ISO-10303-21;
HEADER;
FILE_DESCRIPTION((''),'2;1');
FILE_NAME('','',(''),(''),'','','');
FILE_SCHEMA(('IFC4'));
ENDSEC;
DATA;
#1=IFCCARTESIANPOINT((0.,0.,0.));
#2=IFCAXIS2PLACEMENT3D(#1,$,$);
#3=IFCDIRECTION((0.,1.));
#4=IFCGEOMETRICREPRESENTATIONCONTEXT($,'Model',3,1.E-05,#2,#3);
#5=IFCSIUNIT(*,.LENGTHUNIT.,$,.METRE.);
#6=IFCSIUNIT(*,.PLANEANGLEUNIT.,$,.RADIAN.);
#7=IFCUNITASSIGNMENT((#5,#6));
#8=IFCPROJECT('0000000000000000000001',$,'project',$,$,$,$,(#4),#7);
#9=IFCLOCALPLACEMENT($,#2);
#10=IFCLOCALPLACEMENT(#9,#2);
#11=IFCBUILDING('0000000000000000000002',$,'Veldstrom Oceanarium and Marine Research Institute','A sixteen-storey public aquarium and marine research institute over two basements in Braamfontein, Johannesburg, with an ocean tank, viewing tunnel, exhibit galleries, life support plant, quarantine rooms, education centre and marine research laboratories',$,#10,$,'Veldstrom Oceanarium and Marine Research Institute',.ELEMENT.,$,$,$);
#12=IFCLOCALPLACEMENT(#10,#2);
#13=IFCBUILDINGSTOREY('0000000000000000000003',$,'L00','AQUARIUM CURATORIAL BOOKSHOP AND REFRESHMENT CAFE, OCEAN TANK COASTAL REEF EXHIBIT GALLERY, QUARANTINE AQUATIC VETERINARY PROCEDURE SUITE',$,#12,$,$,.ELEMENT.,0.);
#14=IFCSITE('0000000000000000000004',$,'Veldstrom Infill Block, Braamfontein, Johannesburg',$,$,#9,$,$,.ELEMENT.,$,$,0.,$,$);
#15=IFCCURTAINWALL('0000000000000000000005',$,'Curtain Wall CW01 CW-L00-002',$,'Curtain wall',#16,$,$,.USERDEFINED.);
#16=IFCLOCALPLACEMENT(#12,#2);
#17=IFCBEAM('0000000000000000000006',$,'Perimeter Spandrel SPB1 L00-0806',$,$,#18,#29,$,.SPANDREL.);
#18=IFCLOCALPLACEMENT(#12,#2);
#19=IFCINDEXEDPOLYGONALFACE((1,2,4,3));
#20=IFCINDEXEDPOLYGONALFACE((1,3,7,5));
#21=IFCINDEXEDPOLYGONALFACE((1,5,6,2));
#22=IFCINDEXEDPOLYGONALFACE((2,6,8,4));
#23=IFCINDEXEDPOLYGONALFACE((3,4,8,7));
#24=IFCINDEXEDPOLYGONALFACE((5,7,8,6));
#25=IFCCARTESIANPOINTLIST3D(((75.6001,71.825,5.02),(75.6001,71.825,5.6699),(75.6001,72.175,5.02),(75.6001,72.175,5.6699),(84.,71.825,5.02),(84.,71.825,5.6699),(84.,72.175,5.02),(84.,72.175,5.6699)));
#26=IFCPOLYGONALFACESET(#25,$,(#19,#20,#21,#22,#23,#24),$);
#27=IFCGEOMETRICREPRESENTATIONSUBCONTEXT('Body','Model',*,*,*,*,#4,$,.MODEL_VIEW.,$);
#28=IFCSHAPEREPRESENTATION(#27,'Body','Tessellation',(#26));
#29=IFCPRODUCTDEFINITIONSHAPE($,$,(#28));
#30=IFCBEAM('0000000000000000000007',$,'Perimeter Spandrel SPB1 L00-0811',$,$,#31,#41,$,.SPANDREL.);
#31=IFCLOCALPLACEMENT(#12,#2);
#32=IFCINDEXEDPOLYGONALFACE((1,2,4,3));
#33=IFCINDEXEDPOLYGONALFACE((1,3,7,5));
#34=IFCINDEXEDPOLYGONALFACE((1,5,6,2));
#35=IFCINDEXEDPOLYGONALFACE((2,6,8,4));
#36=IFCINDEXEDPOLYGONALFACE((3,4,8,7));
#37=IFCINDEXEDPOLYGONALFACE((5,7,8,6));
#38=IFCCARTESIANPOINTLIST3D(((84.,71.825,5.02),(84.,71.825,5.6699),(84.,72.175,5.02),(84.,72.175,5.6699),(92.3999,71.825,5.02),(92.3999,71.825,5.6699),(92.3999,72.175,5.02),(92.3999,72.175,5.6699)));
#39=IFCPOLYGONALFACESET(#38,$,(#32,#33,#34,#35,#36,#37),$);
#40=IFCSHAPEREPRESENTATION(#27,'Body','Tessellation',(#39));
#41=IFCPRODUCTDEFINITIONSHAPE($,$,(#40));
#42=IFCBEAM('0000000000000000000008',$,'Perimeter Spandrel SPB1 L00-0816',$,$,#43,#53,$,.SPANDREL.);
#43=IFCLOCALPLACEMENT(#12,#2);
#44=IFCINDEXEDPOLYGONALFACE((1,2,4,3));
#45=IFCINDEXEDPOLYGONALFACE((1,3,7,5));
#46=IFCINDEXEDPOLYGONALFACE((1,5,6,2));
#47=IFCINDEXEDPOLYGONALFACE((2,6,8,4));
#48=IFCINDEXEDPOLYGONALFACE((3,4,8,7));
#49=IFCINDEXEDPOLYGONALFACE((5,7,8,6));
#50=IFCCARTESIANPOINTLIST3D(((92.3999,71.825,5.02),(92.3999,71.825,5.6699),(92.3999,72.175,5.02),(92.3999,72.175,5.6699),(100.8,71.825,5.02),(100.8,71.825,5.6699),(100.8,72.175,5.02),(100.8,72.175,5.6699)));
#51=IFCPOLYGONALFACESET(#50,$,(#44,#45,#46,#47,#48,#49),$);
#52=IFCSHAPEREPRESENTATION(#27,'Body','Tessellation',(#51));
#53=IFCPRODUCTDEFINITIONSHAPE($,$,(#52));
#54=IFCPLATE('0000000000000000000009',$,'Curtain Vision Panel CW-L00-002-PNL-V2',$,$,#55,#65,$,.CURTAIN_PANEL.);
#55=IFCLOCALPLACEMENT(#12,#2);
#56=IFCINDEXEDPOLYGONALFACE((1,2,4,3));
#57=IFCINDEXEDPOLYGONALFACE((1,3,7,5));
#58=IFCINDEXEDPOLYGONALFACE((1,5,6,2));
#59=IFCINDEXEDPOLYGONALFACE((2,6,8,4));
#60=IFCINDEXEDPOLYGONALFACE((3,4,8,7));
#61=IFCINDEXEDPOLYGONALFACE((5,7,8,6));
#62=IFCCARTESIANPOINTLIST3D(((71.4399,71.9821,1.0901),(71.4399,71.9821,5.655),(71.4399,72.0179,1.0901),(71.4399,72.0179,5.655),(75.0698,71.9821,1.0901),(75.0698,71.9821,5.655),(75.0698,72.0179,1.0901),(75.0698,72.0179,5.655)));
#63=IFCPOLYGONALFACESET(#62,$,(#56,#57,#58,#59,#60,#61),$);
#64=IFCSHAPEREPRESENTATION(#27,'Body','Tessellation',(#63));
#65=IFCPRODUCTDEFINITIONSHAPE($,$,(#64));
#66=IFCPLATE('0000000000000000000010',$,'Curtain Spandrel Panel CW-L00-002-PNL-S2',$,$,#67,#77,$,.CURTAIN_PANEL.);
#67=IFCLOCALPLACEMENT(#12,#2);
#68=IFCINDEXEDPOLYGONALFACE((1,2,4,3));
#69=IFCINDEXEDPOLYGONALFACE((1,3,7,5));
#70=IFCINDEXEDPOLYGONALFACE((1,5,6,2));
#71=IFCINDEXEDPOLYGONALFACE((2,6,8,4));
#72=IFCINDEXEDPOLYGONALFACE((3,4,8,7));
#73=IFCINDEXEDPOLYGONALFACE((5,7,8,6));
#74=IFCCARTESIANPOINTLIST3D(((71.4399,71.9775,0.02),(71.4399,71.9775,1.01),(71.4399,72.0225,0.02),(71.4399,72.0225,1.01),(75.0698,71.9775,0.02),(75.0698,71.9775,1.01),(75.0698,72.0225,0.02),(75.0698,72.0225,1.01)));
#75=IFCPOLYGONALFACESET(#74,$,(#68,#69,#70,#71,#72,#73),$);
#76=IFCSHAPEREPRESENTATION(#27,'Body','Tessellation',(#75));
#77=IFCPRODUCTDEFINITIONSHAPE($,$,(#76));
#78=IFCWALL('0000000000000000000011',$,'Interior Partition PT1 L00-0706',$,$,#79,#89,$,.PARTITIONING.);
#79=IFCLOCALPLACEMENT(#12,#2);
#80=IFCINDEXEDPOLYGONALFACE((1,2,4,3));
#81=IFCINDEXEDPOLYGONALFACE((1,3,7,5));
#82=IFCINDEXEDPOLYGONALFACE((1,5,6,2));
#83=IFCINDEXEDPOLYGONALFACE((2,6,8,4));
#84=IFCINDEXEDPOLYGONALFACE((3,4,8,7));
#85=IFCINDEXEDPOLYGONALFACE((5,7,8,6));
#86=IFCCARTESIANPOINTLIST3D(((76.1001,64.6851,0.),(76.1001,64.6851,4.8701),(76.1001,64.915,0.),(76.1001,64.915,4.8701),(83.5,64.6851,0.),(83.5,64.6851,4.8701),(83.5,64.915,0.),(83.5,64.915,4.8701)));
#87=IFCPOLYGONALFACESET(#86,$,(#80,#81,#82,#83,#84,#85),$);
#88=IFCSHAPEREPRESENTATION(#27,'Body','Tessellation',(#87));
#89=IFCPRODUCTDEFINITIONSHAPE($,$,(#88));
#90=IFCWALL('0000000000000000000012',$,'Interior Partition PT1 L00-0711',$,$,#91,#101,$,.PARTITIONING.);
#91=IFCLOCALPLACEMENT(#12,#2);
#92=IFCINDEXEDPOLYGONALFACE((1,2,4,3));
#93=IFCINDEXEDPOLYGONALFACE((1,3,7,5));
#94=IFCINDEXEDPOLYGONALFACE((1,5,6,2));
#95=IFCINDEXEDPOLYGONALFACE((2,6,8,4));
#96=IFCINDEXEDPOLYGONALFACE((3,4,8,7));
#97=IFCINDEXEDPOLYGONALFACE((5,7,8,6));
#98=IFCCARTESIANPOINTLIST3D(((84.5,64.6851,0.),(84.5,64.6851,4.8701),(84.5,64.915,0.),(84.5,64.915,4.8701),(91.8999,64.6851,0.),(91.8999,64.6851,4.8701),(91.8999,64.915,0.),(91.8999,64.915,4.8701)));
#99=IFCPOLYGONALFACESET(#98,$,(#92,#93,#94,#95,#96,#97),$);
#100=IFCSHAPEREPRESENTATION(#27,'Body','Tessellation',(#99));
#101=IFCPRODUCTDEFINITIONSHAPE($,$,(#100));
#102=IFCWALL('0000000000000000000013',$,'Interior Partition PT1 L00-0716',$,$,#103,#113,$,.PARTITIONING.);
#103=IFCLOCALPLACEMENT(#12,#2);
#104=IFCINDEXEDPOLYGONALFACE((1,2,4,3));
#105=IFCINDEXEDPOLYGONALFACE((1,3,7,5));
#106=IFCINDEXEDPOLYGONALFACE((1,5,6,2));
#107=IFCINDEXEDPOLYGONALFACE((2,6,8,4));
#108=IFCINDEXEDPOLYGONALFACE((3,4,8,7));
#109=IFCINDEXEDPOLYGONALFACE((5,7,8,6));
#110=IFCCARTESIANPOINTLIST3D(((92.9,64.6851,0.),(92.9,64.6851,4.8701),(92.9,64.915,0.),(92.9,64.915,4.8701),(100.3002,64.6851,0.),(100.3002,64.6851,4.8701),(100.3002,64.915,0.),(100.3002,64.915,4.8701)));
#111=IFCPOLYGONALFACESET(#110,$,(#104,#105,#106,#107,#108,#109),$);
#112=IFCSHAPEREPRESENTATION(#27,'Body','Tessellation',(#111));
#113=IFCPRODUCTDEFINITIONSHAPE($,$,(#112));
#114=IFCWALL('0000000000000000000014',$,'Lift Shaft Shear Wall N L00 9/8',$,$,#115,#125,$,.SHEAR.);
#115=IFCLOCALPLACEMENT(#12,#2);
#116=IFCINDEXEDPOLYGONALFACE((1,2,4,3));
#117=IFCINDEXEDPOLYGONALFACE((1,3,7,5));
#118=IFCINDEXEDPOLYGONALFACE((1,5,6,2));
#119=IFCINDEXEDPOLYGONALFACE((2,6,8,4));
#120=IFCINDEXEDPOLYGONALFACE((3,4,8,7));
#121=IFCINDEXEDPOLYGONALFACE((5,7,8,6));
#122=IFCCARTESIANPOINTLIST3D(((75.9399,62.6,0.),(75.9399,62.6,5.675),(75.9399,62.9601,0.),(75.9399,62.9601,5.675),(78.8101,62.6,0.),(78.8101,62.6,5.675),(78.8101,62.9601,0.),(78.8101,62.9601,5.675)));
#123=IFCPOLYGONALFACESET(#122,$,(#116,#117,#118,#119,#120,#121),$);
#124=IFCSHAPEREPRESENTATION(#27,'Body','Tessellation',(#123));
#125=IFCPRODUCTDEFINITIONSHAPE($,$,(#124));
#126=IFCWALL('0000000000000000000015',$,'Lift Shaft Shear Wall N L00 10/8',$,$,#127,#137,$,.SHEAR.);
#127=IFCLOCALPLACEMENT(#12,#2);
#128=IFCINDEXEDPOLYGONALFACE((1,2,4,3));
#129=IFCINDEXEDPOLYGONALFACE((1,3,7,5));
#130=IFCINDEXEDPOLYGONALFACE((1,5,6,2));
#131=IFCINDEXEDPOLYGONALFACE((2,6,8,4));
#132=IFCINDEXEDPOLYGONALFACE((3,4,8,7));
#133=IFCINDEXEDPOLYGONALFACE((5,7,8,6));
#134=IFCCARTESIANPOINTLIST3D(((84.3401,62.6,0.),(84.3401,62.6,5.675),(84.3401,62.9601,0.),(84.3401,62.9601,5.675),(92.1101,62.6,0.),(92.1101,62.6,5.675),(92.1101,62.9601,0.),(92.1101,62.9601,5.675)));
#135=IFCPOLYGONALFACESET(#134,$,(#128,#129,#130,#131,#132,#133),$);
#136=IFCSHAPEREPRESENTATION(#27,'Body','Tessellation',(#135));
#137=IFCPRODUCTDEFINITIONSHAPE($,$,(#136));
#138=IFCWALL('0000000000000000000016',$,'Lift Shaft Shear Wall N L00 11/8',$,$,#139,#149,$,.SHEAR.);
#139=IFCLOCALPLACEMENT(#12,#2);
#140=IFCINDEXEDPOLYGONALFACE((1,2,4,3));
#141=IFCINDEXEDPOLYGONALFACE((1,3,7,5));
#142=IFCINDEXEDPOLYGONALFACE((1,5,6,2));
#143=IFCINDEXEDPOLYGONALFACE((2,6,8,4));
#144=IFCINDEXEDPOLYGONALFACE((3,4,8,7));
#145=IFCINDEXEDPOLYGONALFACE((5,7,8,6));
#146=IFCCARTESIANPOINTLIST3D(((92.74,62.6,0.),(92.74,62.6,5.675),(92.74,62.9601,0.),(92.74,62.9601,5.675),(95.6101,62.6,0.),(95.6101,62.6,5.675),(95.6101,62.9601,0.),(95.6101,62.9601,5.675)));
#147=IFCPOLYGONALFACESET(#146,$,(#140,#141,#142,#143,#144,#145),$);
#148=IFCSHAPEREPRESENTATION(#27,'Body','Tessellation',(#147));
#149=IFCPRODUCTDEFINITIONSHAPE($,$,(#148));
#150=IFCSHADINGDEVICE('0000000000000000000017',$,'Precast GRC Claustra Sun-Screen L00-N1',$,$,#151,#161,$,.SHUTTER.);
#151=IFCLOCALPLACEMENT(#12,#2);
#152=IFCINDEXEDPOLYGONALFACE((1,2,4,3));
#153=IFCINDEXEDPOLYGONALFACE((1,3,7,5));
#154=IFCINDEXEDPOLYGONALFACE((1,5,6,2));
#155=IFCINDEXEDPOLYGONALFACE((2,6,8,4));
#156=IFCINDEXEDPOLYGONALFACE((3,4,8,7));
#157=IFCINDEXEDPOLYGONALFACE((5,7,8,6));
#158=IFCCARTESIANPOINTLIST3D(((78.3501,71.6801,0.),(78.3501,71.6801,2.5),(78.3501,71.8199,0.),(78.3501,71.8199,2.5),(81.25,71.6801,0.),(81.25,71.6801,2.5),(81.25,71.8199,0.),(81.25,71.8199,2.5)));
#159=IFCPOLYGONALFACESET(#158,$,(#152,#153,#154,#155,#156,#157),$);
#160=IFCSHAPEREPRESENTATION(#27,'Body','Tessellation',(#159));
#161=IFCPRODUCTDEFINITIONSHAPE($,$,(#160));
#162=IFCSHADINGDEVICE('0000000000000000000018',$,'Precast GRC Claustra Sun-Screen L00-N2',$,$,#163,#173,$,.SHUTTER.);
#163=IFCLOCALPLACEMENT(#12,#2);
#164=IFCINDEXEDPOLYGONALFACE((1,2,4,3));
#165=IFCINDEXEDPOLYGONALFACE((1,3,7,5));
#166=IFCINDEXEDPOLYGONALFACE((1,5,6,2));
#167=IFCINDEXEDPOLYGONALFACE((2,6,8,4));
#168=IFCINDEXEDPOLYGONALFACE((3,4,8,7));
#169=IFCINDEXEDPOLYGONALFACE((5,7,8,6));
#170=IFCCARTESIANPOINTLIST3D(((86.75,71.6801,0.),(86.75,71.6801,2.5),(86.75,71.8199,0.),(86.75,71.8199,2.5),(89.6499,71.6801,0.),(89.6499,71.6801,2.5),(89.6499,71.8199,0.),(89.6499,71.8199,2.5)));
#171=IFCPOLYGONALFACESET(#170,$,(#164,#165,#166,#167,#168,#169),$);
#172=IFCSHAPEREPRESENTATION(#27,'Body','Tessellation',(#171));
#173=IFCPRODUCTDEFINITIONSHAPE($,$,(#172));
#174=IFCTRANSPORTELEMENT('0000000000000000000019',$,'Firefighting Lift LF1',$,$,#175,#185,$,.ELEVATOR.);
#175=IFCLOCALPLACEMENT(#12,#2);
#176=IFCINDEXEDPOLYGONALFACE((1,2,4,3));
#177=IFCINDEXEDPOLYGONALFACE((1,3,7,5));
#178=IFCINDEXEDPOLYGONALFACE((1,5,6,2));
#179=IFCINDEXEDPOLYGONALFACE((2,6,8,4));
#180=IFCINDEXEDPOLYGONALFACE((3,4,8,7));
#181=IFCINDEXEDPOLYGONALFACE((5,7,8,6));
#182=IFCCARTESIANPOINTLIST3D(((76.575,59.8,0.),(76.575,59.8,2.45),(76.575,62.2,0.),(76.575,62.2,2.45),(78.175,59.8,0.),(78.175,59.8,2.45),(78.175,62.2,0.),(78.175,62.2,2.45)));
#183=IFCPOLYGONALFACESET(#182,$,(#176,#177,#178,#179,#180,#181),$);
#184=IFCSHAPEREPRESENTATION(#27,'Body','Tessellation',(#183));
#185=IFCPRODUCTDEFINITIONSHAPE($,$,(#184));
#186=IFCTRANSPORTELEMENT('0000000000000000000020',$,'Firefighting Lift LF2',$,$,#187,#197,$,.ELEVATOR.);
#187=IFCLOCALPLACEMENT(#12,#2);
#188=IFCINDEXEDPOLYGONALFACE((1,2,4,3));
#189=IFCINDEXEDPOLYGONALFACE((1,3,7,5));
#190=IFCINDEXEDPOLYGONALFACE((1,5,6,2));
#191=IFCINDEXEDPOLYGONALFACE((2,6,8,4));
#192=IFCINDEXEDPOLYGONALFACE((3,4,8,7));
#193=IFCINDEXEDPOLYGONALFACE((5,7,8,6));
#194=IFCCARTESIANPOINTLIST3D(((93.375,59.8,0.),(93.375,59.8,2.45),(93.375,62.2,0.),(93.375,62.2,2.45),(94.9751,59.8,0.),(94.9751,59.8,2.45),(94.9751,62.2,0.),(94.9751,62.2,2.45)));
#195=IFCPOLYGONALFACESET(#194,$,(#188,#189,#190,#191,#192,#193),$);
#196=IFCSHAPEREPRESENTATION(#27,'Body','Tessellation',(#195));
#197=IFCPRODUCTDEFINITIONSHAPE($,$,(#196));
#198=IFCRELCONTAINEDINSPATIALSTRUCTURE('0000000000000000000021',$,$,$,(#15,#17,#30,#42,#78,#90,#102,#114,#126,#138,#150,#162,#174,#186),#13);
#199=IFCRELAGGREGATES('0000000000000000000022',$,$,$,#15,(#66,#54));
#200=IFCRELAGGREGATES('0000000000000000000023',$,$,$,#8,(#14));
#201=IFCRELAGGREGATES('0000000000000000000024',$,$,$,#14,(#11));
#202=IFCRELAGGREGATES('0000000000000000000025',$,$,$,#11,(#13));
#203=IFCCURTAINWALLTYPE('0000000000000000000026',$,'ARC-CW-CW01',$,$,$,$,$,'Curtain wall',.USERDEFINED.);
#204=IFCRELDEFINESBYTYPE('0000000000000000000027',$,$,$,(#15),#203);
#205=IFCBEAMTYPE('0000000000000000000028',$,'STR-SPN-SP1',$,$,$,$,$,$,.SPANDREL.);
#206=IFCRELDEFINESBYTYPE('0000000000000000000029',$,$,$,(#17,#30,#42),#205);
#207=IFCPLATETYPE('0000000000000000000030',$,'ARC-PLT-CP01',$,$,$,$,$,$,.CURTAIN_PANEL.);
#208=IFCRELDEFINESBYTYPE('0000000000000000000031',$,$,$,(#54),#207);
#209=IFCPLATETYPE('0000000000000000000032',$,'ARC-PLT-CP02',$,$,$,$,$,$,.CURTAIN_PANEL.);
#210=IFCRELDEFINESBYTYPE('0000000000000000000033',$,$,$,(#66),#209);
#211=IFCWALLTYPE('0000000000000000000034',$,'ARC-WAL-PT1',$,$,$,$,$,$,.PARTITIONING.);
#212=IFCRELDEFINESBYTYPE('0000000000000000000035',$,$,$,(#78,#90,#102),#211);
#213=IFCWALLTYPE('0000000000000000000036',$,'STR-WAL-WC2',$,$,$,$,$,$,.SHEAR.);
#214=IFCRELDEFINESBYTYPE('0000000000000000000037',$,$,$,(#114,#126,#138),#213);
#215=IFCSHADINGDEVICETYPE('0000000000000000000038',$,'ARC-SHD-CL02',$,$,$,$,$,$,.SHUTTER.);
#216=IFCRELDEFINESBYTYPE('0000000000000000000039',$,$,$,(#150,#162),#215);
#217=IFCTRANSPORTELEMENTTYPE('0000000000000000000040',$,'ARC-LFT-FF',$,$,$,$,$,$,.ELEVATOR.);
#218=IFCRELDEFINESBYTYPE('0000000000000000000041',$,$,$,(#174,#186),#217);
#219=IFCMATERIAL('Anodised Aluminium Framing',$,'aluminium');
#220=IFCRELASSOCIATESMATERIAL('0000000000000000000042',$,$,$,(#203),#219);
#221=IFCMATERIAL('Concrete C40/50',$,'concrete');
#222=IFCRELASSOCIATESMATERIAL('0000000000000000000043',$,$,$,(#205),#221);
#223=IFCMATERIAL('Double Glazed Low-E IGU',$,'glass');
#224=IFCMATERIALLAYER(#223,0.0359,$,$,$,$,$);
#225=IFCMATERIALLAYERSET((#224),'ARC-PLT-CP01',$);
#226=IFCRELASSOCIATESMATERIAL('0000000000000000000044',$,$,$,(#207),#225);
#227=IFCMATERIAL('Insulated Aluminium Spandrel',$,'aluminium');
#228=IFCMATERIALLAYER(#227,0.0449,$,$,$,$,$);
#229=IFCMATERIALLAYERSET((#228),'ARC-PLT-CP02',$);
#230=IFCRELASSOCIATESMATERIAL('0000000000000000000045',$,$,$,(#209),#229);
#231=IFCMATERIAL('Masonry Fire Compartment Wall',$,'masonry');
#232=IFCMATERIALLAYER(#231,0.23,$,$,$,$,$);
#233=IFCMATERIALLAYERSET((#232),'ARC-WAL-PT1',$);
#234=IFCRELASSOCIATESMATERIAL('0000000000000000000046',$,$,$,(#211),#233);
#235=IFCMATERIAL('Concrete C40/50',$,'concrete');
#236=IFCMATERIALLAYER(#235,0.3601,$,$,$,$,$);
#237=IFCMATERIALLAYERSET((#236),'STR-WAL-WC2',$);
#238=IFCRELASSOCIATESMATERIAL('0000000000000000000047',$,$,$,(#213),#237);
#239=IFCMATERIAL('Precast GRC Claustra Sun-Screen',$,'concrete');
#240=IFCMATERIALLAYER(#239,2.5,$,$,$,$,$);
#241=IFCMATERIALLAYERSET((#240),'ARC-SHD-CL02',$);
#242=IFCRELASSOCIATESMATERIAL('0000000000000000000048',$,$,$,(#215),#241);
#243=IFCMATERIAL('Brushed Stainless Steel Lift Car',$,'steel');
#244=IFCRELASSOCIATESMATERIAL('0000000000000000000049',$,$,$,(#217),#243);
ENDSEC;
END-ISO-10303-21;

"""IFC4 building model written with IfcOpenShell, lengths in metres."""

from ifc_helpers import new_model, si_unit, direction, frame, frame_2d, origin, origin_2d, place, context, subcontext, project, spatial, rectangle, extrude, material, layer, layer_set, material_profile, profile_set, type_object, element, aggregate, save


model = new_model("IFC4")

# Units and contexts
model_context = context("Model", 3, precision=1e-05, world=origin(), true_north=direction((0.0, 1.0)))
body_context = subcontext(model_context, "Body", "Model", "MODEL_VIEW")
ifc_project = project(units=[si_unit("LENGTHUNIT", "METRE"), si_unit("PLANEANGLEUNIT", "RADIAN")], contexts=[model_context])

# Site, building, storey
site_placement = place(None, origin())
site = spatial("IfcSite", under=ifc_project, at=site_placement, Name="Veldstrom Infill Block, Braamfontein, Johannesburg", CompositionType="ELEMENT", RefElevation=0.0)
building_placement = place(site_placement, origin())
building = spatial("IfcBuilding", under=site, at=building_placement, Name="Veldstrom Oceanarium and Marine Research Institute", Description="A sixteen-storey public aquarium and marine research institute over two basements in Braamfontein, Johannesburg, with an ocean tank, viewing tunnel, exhibit galleries, life support plant, quarantine rooms, education centre and marine research laboratories", LongName="Veldstrom Oceanarium and Marine Research Institute", CompositionType="ELEMENT")
storey_placement = place(building_placement, origin())
storey = spatial("IfcBuildingStorey", under=building, at=storey_placement, Name="L00", Description="AQUARIUM CURATORIAL BOOKSHOP AND REFRESHMENT CAFE, OCEAN TANK COASTAL REEF EXHIBIT GALLERY, QUARANTINE AQUATIC VETERINARY PROCEDURE SUITE", CompositionType="ELEMENT", Elevation=0.0)

# Curtain wall
ifc_material_1 = material(Name="Anodised Aluminium Framing", Category="aluminium")
curtain_wall_type = type_object("IfcCurtainWallType", Name="ARC-CW-CW01", ElementType="Curtain wall", PredefinedType="USERDEFINED", material=ifc_material_1)
curtain_wall_placement = place(storey_placement, origin())
curtain_wall = element("IfcCurtainWall", 1, at=curtain_wall_placement, inside=storey, type_object=curtain_wall_type, Name="Curtain Wall CW01 CW-L00-002", ObjectType="Curtain wall", PredefinedType="USERDEFINED")

# Beams
ifc_material_2 = material(Name="Concrete C40/50", Category="concrete")
ifc_material_profile_1 = material_profile(ifc_material_2, rectangle(XDim=0.3501, YDim=0.6499, at=origin_2d()), Name="RC-SPN-350x650")
ifc_profile_set_1 = profile_set([ifc_material_profile_1], Name="Concrete C40/50")
beam_type_1 = type_object("IfcBeamType", Name="STR-SPN-SP1", PredefinedType="SPANDREL", material=ifc_profile_set_1)
for number, where, z_axis, x_axis, name in (
    (2, (75.6001, 72.0, 5.345), (1.0, 0.0, 0.0), (0.0, 1.0, 0.0), "Perimeter Spandrel SPB1 L00-0806"),
    (3, (84.0, 72.0, 5.345), (1.0, 0.0, 0.0), (0.0, 1.0, 0.0), "Perimeter Spandrel SPB1 L00-0811"),
):
    element("IfcBeam", number, at=place(storey_placement, frame(where, z_axis=z_axis, x_axis=x_axis)), inside=storey, type_object=beam_type_1, Name=name, PredefinedType="SPANDREL", context=body_context, shape_type="SweptSolid", body=[
        extrude(rectangle(XDim=0.3501, YDim=0.6499, at=origin_2d()), origin(), (0.0, 0.0, 1.0), 8.3999),
    ])
beam_1_placement = place(storey_placement, frame((92.3999, 72.0, 5.345), z_axis=(1.0, 0.0, 0.0), x_axis=(0.0, 1.0, 0.0)))
element("IfcBeam", 4, at=beam_1_placement, inside=storey, type_object=beam_type_1, Name="Perimeter Spandrel SPB1 L00-0816", PredefinedType="SPANDREL", context=body_context, shape_type="SweptSolid", body=[
    extrude(rectangle(XDim=0.3501, YDim=0.6499, at=origin_2d()), origin(), (0.0, 0.0, 1.0), 8.4001),
])

# Plates
ifc_material_3 = material(Name="Double Glazed Low-E IGU", Category="glass")
ifc_layer_1 = layer(ifc_material_3, 0.0359)
ifc_layer_set_1 = layer_set([ifc_layer_1], Name="ARC-PLT-CP01")
plate_type_1 = type_object("IfcPlateType", Name="ARC-PLT-CP01", PredefinedType="CURTAIN_PANEL", material=ifc_layer_set_1)
plate_1_placement = place(storey_placement, frame((73.2549, 72.0, 1.0901), z_axis=(0.0, 0.0, 1.0), x_axis=(1.0, 0.0, 0.0)))
plate_1 = element("IfcPlate", 5, at=plate_1_placement, type_object=plate_type_1, Name="Curtain Vision Panel CW-L00-002-PNL-V2", PredefinedType="CURTAIN_PANEL", context=body_context, shape_type="SweptSolid", body=[
    extrude(rectangle(XDim=3.6299, YDim=0.0359, at=origin_2d()), origin(), (0.0, 0.0, 1.0), 4.5649),
])
ifc_material_4 = material(Name="Insulated Aluminium Spandrel", Category="aluminium")
ifc_layer_2 = layer(ifc_material_4, 0.0449)
ifc_layer_set_2 = layer_set([ifc_layer_2], Name="ARC-PLT-CP02")
plate_type_2 = type_object("IfcPlateType", Name="ARC-PLT-CP02", PredefinedType="CURTAIN_PANEL", material=ifc_layer_set_2)
plate_2_placement = place(storey_placement, frame((73.2549, 72.0, 0.02), z_axis=(0.0, 0.0, 1.0), x_axis=(1.0, 0.0, 0.0)))
plate_2 = element("IfcPlate", 6, at=plate_2_placement, type_object=plate_type_2, Name="Curtain Spandrel Panel CW-L00-002-PNL-S2", PredefinedType="CURTAIN_PANEL", context=body_context, shape_type="SweptSolid", body=[
    extrude(rectangle(XDim=3.6299, YDim=0.0449, at=origin_2d()), origin(), (0.0, 0.0, 1.0), 0.99),
])
aggregate(curtain_wall, [plate_2, plate_1])

# Walls
ifc_material_5 = material(Name="Masonry Fire Compartment Wall", Category="masonry")
ifc_layer_3 = layer(ifc_material_5, 0.23)
ifc_layer_set_3 = layer_set([ifc_layer_3], Name="ARC-WAL-PT1")
wall_type_1 = type_object("IfcWallType", Name="ARC-WAL-PT1", PredefinedType="PARTITIONING", material=ifc_layer_set_3)
for number, where, z_axis, x_axis, name in (
    (7, (76.1001, 64.8, 0.0), (0.0, 0.0, 1.0), (1.0, 0.0, 0.0), "Interior Partition PT1 L00-0706"),
    (8, (84.5, 64.8, 0.0), (0.0, 0.0, 1.0), (1.0, 0.0, 0.0), "Interior Partition PT1 L00-0711"),
):
    element("IfcWall", number, at=place(storey_placement, frame(where, z_axis=z_axis, x_axis=x_axis)), inside=storey, type_object=wall_type_1, Name=name, PredefinedType="PARTITIONING", context=body_context, shape_type="SweptSolid", body=[
        extrude(rectangle(XDim=7.3999, YDim=0.23, at=frame_2d((3.7, 0.0))), origin(), (0.0, 0.0, 1.0), 4.8701),
    ])
wall_1_placement = place(storey_placement, frame((92.8999, 64.8, 0.0), z_axis=(0.0, 0.0, 1.0), x_axis=(1.0, 0.0, 0.0)))
element("IfcWall", 9, at=wall_1_placement, inside=storey, type_object=wall_type_1, Name="Interior Partition PT1 L00-0716", PredefinedType="PARTITIONING", context=body_context, shape_type="SweptSolid", body=[
    extrude(rectangle(XDim=7.4001, YDim=0.23, at=frame_2d((3.7002, 0.0))), origin(), (0.0, 0.0, 1.0), 4.8701),
])
ifc_material_6 = material(Name="Concrete C40/50", Category="concrete")
ifc_layer_4 = layer(ifc_material_6, 0.3601)
ifc_layer_set_4 = layer_set([ifc_layer_4], Name="STR-WAL-WC2")
wall_type_2 = type_object("IfcWallType", Name="STR-WAL-WC2", PredefinedType="SHEAR", material=ifc_layer_set_4)
wall_2_placement = place(storey_placement, frame((75.9399, 62.78, 0.0), z_axis=(0.0, 0.0, 1.0), x_axis=(1.0, 0.0, 0.0)))
element("IfcWall", 10, at=wall_2_placement, inside=storey, type_object=wall_type_2, Name="Lift Shaft Shear Wall N L00 9/8", PredefinedType="SHEAR", context=body_context, shape_type="SweptSolid", body=[
    extrude(rectangle(XDim=2.8701, YDim=0.3601, at=frame_2d((1.4351, 0.0))), origin(), (0.0, 0.0, 1.0), 5.675),
])
wall_3_placement = place(storey_placement, frame((84.3401, 62.78, 0.0), z_axis=(0.0, 0.0, 1.0), x_axis=(1.0, 0.0, 0.0)))
element("IfcWall", 11, at=wall_3_placement, inside=storey, type_object=wall_type_2, Name="Lift Shaft Shear Wall N L00 10/8", PredefinedType="SHEAR", context=body_context, shape_type="SweptSolid", body=[
    extrude(rectangle(XDim=7.77, YDim=0.3601, at=frame_2d((3.885, 0.0))), origin(), (0.0, 0.0, 1.0), 5.675),
])
wall_4_placement = place(storey_placement, frame((92.74, 62.78, 0.0), z_axis=(0.0, 0.0, 1.0), x_axis=(1.0, 0.0, 0.0)))
element("IfcWall", 12, at=wall_4_placement, inside=storey, type_object=wall_type_2, Name="Lift Shaft Shear Wall N L00 11/8", PredefinedType="SHEAR", context=body_context, shape_type="SweptSolid", body=[
    extrude(rectangle(XDim=2.8701, YDim=0.3601, at=frame_2d((1.4351, 0.0))), origin(), (0.0, 0.0, 1.0), 5.675),
])

# Shading devices
ifc_material_7 = material(Name="Precast GRC Claustra Sun-Screen", Category="concrete")
ifc_layer_5 = layer(ifc_material_7, 2.5)
ifc_layer_set_5 = layer_set([ifc_layer_5], Name="ARC-SHD-CL02")
shading_device_type = type_object("IfcShadingDeviceType", Name="ARC-SHD-CL02", PredefinedType="SHUTTER", material=ifc_layer_set_5)
for number, where, z_axis, x_axis, name in (
    (13, (79.8, 71.75, 0.0), (0.0, 0.0, 1.0), (1.0, 0.0, 0.0), "Precast GRC Claustra Sun-Screen L00-N1"),
    (14, (88.2, 71.75, 0.0), (0.0, 0.0, 1.0), (1.0, 0.0, 0.0), "Precast GRC Claustra Sun-Screen L00-N2"),
):
    element("IfcShadingDevice", number, at=place(storey_placement, frame(where, z_axis=z_axis, x_axis=x_axis)), inside=storey, type_object=shading_device_type, Name=name, PredefinedType="SHUTTER", context=body_context, shape_type="SweptSolid", body=[
        extrude(rectangle(XDim=2.8999, YDim=0.1399, at=origin_2d()), origin(), (0.0, 0.0, 1.0), 2.5),
    ])

# Transport elements
ifc_material_8 = material(Name="Brushed Stainless Steel Lift Car", Category="steel")
transport_element_type_1 = type_object("IfcTransportElementType", Name="ARC-LFT-FF", PredefinedType="ELEVATOR", material=ifc_material_8)
for number, where, z_axis, x_axis, name in (
    (15, (77.375, 61.0, 0.0), (0.0, 0.0, 1.0), (1.0, 0.0, 0.0), "Firefighting Lift LF1"),
    (16, (94.175, 61.0, 0.0), (0.0, 0.0, 1.0), (1.0, 0.0, 0.0), "Firefighting Lift LF2"),
):
    element("IfcTransportElement", number, at=place(storey_placement, frame(where, z_axis=z_axis, x_axis=x_axis)), inside=storey, type_object=transport_element_type_1, Name=name, PredefinedType="ELEVATOR", context=body_context, shape_type="SweptSolid", body=[
        extrude(rectangle(XDim=1.6001, YDim=2.3999, at=origin_2d()), origin(), (0.0, 0.0, 1.0), 2.45),
    ])

save(model, "model.ifc")
